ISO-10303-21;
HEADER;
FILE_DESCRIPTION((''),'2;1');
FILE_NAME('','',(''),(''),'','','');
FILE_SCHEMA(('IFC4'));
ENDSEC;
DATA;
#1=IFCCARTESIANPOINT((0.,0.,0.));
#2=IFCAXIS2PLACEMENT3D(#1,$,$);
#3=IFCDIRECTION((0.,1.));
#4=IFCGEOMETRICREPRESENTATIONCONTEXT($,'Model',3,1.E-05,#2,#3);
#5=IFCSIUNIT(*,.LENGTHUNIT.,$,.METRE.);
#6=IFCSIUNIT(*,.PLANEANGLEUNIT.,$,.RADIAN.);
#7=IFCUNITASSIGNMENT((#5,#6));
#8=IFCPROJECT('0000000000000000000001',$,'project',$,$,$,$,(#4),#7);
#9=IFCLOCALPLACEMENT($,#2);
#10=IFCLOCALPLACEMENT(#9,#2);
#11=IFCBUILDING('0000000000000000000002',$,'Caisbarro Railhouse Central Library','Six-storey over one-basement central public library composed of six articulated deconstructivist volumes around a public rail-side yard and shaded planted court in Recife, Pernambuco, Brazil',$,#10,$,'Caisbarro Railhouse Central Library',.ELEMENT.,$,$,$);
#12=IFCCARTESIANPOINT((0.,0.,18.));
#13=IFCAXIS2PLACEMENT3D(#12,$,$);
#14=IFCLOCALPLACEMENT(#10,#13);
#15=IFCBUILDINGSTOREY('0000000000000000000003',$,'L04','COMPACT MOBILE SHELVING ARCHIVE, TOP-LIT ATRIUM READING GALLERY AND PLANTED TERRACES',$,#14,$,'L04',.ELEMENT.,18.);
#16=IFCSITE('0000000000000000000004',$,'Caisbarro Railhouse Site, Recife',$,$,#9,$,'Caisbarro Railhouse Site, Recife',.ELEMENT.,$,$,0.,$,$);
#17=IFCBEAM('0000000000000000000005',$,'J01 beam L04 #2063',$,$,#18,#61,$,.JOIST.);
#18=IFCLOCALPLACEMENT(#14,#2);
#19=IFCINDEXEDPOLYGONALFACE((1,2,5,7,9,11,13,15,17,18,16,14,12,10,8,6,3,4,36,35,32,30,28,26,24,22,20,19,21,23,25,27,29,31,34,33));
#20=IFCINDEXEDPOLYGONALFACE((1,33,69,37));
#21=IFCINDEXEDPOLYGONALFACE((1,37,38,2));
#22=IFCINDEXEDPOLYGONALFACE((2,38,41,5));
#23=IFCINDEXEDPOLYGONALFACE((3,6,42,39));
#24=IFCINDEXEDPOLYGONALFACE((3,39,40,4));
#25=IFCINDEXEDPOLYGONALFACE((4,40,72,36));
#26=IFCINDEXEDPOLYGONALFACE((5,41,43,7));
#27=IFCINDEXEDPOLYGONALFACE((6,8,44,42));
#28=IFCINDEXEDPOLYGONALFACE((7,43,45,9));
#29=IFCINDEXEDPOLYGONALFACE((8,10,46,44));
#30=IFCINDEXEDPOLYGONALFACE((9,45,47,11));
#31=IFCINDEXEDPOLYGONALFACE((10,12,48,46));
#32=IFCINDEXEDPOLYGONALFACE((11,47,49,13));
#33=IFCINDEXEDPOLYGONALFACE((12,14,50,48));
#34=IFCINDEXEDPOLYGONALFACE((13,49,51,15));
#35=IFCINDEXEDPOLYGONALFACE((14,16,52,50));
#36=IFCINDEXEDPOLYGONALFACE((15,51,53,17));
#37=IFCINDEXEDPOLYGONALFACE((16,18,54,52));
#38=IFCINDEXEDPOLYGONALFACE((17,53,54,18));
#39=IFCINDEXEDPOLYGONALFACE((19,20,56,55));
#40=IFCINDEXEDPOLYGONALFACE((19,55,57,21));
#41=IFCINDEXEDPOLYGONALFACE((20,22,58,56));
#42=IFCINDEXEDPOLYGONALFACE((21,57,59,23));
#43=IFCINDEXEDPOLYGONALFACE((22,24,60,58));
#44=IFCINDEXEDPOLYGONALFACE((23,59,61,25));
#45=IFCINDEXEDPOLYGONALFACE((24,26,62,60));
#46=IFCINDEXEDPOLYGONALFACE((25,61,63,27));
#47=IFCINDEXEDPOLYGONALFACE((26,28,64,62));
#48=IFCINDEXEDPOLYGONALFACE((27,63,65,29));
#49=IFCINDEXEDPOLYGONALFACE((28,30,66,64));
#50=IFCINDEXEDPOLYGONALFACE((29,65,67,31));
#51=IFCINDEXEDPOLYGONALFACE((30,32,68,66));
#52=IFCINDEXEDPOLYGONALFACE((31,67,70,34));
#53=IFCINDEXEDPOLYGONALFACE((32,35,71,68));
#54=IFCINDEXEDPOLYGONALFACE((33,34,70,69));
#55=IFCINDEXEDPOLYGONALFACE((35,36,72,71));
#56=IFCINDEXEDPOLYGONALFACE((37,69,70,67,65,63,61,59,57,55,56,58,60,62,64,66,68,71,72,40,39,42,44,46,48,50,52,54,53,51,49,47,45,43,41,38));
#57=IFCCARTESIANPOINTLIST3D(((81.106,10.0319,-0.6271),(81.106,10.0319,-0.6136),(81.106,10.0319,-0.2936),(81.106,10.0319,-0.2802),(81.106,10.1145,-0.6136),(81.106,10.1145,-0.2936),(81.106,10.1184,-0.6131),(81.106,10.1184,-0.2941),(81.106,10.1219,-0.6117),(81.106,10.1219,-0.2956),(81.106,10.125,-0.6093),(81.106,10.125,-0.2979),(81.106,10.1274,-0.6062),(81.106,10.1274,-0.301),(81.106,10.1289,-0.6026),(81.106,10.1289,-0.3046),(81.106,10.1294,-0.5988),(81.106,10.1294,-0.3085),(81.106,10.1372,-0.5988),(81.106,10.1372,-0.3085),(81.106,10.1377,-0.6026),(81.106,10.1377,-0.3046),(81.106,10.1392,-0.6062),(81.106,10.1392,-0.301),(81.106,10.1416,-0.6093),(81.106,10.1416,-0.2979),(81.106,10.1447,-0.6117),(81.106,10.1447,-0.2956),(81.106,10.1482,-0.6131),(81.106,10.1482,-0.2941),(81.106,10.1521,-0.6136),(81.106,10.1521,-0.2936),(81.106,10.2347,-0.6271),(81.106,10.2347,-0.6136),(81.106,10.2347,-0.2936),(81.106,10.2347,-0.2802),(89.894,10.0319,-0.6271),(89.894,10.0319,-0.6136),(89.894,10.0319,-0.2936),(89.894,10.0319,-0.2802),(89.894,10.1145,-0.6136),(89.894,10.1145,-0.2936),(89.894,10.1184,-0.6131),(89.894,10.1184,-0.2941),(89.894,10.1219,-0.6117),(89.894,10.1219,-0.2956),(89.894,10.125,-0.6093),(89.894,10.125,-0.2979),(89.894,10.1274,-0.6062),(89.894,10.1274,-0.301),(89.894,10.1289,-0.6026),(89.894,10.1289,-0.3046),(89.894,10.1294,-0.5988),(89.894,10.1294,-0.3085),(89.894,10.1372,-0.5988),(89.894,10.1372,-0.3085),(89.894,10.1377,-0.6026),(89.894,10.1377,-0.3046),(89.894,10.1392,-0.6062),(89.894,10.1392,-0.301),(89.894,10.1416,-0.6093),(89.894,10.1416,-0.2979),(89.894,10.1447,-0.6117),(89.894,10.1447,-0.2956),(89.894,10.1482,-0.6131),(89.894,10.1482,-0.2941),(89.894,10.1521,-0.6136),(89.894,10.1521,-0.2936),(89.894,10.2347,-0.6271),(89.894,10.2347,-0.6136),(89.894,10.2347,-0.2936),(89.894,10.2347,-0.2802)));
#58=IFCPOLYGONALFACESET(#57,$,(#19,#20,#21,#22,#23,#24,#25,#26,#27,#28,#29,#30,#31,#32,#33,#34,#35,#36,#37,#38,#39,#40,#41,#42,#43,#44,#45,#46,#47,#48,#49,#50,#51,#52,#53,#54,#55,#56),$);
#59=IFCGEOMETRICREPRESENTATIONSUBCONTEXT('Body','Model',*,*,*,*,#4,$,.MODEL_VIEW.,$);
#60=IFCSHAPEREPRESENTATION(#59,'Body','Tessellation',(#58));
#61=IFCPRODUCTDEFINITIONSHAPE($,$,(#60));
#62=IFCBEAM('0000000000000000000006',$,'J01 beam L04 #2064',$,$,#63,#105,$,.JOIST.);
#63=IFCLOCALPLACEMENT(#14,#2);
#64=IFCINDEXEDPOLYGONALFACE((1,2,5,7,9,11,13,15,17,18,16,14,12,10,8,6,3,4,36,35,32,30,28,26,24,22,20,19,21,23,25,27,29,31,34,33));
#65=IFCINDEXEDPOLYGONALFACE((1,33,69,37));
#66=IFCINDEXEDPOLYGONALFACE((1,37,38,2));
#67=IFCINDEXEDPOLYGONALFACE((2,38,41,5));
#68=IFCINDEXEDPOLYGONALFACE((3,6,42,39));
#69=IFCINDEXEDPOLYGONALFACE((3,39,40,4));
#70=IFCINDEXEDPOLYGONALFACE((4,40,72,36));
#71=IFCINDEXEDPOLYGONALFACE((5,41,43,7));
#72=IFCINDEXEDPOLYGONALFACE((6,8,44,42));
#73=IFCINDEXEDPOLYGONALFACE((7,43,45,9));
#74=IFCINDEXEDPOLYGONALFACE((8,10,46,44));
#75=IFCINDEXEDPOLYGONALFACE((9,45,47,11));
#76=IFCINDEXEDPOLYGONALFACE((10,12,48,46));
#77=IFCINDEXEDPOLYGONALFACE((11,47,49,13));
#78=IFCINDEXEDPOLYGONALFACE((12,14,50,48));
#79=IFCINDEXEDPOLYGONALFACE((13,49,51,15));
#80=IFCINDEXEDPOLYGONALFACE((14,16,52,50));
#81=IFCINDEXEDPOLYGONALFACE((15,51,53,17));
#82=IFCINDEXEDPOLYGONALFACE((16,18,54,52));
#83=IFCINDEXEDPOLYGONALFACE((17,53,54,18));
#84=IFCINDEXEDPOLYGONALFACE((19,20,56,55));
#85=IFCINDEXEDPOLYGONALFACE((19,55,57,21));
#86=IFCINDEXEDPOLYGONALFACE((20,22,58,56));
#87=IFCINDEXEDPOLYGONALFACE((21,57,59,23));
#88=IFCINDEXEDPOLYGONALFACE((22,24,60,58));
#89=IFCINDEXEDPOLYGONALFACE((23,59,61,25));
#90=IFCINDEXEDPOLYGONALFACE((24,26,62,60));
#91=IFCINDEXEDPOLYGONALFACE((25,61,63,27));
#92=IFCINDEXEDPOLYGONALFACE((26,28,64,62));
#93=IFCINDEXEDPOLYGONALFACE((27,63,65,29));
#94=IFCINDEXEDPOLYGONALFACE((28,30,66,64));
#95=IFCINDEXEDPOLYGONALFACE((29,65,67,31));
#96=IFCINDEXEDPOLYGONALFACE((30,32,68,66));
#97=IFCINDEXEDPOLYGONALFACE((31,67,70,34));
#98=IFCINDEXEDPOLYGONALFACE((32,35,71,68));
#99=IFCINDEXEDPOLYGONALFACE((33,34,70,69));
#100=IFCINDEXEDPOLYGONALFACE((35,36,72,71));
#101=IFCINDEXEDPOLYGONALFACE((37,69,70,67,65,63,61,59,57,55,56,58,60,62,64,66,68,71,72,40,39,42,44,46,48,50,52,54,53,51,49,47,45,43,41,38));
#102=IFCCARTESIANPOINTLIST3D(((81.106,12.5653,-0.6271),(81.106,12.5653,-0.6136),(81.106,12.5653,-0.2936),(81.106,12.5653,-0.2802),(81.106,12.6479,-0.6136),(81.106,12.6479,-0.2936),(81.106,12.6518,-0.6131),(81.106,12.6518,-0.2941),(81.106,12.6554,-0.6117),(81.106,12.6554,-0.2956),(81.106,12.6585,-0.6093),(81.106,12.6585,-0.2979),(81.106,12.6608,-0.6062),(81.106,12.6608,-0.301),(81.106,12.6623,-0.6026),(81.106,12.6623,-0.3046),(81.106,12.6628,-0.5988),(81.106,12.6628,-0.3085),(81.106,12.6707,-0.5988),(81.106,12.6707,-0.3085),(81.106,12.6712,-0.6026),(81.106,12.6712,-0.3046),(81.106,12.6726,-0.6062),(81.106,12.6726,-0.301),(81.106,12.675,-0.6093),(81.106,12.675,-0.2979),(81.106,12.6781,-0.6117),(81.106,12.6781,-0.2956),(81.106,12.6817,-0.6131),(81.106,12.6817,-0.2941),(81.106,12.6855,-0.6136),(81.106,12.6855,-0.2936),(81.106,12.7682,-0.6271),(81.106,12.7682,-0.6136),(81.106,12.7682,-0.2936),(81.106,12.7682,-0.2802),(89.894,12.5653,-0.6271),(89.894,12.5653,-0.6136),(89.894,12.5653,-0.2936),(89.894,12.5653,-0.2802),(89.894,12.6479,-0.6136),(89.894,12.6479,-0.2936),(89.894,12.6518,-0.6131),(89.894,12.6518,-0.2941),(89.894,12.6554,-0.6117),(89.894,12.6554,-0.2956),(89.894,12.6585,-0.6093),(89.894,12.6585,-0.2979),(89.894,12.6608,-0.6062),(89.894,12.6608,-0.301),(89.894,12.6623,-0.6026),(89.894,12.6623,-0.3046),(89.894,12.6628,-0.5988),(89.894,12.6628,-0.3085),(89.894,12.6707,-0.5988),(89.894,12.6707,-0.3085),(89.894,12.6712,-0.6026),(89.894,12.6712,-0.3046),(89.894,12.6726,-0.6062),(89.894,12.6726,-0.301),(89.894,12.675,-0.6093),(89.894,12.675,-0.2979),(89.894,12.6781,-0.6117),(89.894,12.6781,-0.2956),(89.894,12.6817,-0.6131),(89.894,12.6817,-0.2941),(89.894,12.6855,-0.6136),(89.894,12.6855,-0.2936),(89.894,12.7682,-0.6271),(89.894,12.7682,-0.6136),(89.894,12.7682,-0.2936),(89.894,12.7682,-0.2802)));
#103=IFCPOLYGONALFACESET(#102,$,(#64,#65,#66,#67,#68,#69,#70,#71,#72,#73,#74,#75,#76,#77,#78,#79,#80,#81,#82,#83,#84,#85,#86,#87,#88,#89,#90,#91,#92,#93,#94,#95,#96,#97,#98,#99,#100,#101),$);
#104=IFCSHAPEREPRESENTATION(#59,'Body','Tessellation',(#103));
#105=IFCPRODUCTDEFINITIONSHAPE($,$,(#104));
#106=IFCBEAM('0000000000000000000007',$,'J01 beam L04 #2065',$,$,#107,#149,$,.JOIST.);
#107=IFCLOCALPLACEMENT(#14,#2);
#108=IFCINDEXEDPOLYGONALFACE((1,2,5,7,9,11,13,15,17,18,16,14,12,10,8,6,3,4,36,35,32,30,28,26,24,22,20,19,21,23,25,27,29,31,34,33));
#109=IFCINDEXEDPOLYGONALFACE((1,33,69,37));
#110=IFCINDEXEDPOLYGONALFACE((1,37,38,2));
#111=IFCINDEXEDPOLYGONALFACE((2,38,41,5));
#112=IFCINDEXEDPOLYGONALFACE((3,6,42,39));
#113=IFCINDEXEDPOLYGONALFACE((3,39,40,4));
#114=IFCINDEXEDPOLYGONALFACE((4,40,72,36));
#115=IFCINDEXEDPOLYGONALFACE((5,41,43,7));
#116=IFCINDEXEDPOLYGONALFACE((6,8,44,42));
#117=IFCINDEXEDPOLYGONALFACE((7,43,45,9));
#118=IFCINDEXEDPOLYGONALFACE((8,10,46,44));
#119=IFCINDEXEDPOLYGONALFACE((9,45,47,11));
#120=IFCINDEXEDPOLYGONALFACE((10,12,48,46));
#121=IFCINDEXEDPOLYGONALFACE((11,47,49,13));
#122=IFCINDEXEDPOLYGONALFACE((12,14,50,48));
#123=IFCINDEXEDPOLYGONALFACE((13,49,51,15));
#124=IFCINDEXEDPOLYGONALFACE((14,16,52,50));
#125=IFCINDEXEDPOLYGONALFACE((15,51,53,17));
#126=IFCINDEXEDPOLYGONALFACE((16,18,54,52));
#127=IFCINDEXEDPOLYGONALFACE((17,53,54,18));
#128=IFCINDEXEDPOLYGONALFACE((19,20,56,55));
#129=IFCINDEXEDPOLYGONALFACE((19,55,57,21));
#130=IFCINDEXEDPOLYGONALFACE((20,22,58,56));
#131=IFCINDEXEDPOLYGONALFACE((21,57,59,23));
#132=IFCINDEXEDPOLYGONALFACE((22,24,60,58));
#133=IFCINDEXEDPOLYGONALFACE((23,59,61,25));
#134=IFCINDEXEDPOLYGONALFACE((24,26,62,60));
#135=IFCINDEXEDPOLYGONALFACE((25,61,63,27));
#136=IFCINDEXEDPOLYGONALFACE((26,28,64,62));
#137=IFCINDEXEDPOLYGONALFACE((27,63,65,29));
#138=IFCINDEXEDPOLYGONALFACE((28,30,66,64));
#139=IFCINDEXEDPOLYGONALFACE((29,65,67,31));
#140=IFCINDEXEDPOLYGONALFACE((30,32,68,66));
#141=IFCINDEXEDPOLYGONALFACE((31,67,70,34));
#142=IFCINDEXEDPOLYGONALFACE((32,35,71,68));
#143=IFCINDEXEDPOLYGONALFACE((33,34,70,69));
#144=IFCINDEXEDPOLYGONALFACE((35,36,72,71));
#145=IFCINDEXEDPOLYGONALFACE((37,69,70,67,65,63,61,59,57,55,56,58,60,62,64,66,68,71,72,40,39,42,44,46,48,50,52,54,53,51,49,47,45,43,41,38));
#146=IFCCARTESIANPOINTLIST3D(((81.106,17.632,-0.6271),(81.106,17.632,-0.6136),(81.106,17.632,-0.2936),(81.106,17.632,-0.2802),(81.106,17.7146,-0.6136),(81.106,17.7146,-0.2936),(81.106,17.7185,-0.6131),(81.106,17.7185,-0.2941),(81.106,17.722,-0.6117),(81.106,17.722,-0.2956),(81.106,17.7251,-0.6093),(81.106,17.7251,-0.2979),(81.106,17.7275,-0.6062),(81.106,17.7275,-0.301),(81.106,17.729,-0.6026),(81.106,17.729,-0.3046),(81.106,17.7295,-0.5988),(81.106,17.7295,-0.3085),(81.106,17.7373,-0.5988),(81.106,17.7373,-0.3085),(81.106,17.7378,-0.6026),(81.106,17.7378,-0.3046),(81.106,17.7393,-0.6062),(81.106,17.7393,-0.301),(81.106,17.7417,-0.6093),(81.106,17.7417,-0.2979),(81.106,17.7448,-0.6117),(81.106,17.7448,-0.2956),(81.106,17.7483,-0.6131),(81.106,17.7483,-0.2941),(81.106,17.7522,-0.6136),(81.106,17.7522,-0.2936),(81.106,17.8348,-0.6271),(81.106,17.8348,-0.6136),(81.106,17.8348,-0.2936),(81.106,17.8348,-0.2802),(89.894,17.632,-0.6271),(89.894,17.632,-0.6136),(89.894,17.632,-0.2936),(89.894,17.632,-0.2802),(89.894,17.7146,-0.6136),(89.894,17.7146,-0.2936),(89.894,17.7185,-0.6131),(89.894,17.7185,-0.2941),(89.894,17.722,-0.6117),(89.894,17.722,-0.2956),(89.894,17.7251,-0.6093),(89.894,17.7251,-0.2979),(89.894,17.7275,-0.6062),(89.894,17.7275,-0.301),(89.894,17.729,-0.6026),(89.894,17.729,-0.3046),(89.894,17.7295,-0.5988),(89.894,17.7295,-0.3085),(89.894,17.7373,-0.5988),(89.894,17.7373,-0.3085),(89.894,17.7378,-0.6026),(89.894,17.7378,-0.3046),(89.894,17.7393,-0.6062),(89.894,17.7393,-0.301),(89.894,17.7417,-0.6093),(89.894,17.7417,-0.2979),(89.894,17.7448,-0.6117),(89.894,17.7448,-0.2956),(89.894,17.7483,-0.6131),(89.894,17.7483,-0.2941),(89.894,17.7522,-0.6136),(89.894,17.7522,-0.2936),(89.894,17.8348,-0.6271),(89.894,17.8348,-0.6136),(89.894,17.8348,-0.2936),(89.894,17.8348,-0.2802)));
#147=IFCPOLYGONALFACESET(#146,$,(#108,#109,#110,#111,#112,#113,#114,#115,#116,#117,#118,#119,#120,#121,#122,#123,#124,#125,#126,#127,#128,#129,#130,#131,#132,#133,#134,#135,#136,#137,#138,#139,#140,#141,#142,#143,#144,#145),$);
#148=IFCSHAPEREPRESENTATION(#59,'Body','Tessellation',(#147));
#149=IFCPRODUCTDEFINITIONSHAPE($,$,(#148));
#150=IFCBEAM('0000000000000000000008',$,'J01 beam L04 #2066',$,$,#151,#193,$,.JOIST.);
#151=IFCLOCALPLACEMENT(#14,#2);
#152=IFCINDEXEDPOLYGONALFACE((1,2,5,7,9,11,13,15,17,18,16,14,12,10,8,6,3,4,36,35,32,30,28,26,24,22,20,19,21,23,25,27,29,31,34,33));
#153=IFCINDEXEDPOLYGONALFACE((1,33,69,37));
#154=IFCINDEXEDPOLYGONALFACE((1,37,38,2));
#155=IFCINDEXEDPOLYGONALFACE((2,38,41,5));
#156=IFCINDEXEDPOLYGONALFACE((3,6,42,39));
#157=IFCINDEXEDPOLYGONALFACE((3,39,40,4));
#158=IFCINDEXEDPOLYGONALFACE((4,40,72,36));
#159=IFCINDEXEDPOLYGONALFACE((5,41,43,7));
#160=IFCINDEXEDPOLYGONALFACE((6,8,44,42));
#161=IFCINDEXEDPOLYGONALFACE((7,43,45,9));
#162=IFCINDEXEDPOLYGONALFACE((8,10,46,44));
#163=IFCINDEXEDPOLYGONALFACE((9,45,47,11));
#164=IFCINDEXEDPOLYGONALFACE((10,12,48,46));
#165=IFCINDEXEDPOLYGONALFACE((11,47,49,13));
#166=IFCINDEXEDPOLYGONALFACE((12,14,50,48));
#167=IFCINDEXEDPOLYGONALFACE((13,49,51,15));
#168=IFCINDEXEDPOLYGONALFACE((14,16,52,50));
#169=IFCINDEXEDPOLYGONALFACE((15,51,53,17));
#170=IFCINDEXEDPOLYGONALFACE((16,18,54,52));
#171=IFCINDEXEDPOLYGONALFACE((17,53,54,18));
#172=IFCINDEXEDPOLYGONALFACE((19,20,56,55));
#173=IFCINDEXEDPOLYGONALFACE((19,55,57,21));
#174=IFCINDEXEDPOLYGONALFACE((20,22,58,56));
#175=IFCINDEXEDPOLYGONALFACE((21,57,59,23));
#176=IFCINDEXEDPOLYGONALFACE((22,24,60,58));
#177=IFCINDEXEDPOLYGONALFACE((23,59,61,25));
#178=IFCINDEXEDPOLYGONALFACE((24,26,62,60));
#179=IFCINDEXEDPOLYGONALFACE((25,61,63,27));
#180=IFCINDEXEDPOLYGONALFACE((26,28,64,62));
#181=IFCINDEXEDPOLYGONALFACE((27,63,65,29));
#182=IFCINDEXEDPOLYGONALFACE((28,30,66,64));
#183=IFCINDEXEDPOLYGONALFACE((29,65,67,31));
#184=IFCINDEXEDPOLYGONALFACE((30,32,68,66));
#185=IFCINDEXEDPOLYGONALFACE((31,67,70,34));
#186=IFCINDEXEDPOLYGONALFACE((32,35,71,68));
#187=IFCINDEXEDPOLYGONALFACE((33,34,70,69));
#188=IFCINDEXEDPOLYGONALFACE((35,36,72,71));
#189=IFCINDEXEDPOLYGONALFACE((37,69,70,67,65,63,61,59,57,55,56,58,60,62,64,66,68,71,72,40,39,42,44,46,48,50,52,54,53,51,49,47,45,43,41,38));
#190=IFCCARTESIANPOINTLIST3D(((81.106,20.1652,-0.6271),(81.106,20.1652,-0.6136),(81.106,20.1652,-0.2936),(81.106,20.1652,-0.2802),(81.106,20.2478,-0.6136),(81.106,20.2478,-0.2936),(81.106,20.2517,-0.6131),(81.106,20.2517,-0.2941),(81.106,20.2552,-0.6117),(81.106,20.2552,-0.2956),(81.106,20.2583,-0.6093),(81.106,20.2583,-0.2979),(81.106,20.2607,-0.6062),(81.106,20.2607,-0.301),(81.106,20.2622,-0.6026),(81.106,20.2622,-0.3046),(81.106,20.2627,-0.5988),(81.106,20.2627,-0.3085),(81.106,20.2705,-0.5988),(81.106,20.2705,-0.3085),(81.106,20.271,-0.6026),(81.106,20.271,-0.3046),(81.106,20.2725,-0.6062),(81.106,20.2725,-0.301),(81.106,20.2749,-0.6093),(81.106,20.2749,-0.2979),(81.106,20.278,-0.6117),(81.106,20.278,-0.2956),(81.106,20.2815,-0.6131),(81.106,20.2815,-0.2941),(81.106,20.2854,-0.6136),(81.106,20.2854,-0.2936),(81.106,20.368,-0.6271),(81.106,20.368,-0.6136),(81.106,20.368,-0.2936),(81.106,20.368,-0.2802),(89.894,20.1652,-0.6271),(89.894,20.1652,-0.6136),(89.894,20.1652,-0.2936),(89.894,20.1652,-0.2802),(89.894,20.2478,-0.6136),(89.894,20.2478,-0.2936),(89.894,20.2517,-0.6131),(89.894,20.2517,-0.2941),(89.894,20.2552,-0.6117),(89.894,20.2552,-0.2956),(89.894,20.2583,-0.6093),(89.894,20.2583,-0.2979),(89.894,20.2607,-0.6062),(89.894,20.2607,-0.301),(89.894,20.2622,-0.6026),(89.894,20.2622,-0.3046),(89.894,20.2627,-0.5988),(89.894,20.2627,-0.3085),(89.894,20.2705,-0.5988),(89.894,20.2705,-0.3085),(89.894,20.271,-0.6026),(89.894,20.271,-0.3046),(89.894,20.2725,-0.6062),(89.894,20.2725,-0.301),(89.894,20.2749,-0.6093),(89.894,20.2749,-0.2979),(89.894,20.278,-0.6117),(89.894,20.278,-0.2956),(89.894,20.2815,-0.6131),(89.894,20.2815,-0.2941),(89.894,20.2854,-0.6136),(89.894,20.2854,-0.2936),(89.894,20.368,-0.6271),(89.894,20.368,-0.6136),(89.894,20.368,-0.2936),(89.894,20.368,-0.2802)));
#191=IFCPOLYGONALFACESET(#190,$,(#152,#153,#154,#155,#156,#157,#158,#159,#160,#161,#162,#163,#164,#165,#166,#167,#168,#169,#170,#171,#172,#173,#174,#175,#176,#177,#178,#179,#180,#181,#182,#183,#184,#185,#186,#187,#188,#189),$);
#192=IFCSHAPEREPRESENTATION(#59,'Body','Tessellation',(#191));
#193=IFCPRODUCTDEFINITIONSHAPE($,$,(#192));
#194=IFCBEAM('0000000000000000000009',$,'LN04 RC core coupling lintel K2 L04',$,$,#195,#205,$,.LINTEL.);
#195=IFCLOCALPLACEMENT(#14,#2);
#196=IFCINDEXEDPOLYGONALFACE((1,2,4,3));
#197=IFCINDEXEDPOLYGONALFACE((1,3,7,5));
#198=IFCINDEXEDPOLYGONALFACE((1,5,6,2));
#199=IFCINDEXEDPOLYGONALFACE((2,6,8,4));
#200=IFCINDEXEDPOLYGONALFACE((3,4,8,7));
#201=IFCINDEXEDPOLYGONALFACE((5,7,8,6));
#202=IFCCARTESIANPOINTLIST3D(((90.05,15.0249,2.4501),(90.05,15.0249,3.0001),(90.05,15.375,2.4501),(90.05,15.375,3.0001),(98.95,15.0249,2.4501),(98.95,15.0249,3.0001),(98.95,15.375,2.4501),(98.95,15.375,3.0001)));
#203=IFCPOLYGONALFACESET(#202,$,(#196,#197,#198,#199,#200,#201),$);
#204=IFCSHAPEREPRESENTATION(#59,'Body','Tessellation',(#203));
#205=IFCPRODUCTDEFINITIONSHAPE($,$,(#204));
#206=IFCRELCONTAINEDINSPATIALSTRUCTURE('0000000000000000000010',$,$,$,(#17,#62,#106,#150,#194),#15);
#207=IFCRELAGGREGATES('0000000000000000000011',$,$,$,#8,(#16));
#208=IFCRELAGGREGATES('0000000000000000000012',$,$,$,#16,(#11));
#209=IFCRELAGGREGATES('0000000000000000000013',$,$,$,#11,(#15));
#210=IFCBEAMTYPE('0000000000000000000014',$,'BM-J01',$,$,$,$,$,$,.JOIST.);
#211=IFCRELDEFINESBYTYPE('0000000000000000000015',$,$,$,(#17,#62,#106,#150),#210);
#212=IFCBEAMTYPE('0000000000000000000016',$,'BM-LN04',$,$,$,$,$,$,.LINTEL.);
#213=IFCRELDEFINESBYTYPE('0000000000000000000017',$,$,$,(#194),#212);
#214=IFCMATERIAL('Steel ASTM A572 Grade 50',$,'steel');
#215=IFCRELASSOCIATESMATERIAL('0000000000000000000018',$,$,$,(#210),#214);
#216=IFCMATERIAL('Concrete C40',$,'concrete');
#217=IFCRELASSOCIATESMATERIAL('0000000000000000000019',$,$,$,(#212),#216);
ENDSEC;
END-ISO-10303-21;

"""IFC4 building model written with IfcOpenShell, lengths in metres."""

from ifc_helpers import new_model, si_unit, direction, frame, origin, origin_2d, place, context, subcontext, project, spatial, rectangle, i_section, extrude, material, material_profile, profile_set, type_object, element, save


model = new_model("IFC4")

# Units and contexts
model_context = context("Model", 3, precision=1e-05, world=origin(), true_north=direction((0.0, 1.0)))
body_context = subcontext(model_context, "Body", "Model", "MODEL_VIEW")
ifc_project = project(units=[si_unit("LENGTHUNIT", "METRE"), si_unit("PLANEANGLEUNIT", "RADIAN")], contexts=[model_context])

# Site, building, storey
site_placement = place(None, origin())
site = spatial("IfcSite", under=ifc_project, at=site_placement, Name="Caisbarro Railhouse Site, Recife", LongName="Caisbarro Railhouse Site, Recife", CompositionType="ELEMENT", RefElevation=0.0)
building_placement = place(site_placement, origin())
building = spatial("IfcBuilding", under=site, at=building_placement, Name="Caisbarro Railhouse Central Library", Description="Six-storey over one-basement central public library composed of six articulated deconstructivist volumes around a public rail-side yard and shaded planted court in Recife, Pernambuco, Brazil", LongName="Caisbarro Railhouse Central Library", CompositionType="ELEMENT")
storey_placement = place(building_placement, frame((0.0, 0.0, 18.0)))
storey = spatial("IfcBuildingStorey", under=building, at=storey_placement, Name="L04", Description="COMPACT MOBILE SHELVING ARCHIVE, TOP-LIT ATRIUM READING GALLERY AND PLANTED TERRACES", LongName="L04", CompositionType="ELEMENT", Elevation=18.0)

# Shared definitions
ifc_material_1 = material(Name="Steel ASTM A572 Grade 50", Category="steel")

# Beams
ifc_material_profile_1 = material_profile(ifc_material_1, i_section(OverallWidth=0.2029, OverallDepth=0.3469, WebThickness=0.0078, FlangeThickness=0.0134, FilletRadius=0.0149, at=origin_2d()), Name="W360X64.0")
ifc_profile_set_1 = profile_set([ifc_material_profile_1], Name="Steel ASTM A572 Grade 50")
beam_type_1 = type_object("IfcBeamType", Name="BM-J01", PredefinedType="JOIST", material=ifc_profile_set_1)
for number, where, z_axis, x_axis, name in (
    (1, (81.106, 10.1333, -0.4536), (1.0, 0.0, 0.0), (0.0, 1.0, 0.0), "J01 beam L04 #2063"),
    (2, (81.106, 12.6667, -0.4536), (1.0, 0.0, 0.0), (0.0, 1.0, 0.0), "J01 beam L04 #2064"),
    (3, (81.106, 17.7334, -0.4536), (1.0, 0.0, 0.0), (0.0, 1.0, 0.0), "J01 beam L04 #2065"),
    (4, (81.106, 20.2666, -0.4536), (1.0, 0.0, 0.0), (0.0, 1.0, 0.0), "J01 beam L04 #2066"),
):
    element("IfcBeam", number, at=place(storey_placement, frame(where, z_axis=z_axis, x_axis=x_axis)), inside=storey, type_object=beam_type_1, Name=name, PredefinedType="JOIST", context=body_context, shape_type="SweptSolid", body=[
        extrude(i_section(OverallWidth=0.2029, OverallDepth=0.3469, WebThickness=0.0078, FlangeThickness=0.0134, FilletRadius=0.0149, at=origin_2d()), origin(), (0.0, 0.0, 1.0), 8.7881),
    ])
ifc_material_2 = material(Name="Concrete C40", Category="concrete")
ifc_material_profile_2 = material_profile(ifc_material_2, rectangle(XDim=0.3501, YDim=0.55, at=origin_2d()), Name="RC-LIN-350X550")
ifc_profile_set_2 = profile_set([ifc_material_profile_2], Name="Concrete C40")
beam_type_2 = type_object("IfcBeamType", Name="BM-LN04", PredefinedType="LINTEL", material=ifc_profile_set_2)
beam_placement = place(storey_placement, frame((90.05, 15.2, 2.7251), z_axis=(1.0, 0.0, 0.0), x_axis=(0.0, 1.0, 0.0)))
element("IfcBeam", 5, at=beam_placement, inside=storey, type_object=beam_type_2, Name="LN04 RC core coupling lintel K2 L04", PredefinedType="LINTEL", context=body_context, shape_type="SweptSolid", body=[
    extrude(rectangle(XDim=0.3501, YDim=0.55, at=origin_2d()), origin(), (0.0, 0.0, 1.0), 8.8999),
])

save(model, "model.ifc")
